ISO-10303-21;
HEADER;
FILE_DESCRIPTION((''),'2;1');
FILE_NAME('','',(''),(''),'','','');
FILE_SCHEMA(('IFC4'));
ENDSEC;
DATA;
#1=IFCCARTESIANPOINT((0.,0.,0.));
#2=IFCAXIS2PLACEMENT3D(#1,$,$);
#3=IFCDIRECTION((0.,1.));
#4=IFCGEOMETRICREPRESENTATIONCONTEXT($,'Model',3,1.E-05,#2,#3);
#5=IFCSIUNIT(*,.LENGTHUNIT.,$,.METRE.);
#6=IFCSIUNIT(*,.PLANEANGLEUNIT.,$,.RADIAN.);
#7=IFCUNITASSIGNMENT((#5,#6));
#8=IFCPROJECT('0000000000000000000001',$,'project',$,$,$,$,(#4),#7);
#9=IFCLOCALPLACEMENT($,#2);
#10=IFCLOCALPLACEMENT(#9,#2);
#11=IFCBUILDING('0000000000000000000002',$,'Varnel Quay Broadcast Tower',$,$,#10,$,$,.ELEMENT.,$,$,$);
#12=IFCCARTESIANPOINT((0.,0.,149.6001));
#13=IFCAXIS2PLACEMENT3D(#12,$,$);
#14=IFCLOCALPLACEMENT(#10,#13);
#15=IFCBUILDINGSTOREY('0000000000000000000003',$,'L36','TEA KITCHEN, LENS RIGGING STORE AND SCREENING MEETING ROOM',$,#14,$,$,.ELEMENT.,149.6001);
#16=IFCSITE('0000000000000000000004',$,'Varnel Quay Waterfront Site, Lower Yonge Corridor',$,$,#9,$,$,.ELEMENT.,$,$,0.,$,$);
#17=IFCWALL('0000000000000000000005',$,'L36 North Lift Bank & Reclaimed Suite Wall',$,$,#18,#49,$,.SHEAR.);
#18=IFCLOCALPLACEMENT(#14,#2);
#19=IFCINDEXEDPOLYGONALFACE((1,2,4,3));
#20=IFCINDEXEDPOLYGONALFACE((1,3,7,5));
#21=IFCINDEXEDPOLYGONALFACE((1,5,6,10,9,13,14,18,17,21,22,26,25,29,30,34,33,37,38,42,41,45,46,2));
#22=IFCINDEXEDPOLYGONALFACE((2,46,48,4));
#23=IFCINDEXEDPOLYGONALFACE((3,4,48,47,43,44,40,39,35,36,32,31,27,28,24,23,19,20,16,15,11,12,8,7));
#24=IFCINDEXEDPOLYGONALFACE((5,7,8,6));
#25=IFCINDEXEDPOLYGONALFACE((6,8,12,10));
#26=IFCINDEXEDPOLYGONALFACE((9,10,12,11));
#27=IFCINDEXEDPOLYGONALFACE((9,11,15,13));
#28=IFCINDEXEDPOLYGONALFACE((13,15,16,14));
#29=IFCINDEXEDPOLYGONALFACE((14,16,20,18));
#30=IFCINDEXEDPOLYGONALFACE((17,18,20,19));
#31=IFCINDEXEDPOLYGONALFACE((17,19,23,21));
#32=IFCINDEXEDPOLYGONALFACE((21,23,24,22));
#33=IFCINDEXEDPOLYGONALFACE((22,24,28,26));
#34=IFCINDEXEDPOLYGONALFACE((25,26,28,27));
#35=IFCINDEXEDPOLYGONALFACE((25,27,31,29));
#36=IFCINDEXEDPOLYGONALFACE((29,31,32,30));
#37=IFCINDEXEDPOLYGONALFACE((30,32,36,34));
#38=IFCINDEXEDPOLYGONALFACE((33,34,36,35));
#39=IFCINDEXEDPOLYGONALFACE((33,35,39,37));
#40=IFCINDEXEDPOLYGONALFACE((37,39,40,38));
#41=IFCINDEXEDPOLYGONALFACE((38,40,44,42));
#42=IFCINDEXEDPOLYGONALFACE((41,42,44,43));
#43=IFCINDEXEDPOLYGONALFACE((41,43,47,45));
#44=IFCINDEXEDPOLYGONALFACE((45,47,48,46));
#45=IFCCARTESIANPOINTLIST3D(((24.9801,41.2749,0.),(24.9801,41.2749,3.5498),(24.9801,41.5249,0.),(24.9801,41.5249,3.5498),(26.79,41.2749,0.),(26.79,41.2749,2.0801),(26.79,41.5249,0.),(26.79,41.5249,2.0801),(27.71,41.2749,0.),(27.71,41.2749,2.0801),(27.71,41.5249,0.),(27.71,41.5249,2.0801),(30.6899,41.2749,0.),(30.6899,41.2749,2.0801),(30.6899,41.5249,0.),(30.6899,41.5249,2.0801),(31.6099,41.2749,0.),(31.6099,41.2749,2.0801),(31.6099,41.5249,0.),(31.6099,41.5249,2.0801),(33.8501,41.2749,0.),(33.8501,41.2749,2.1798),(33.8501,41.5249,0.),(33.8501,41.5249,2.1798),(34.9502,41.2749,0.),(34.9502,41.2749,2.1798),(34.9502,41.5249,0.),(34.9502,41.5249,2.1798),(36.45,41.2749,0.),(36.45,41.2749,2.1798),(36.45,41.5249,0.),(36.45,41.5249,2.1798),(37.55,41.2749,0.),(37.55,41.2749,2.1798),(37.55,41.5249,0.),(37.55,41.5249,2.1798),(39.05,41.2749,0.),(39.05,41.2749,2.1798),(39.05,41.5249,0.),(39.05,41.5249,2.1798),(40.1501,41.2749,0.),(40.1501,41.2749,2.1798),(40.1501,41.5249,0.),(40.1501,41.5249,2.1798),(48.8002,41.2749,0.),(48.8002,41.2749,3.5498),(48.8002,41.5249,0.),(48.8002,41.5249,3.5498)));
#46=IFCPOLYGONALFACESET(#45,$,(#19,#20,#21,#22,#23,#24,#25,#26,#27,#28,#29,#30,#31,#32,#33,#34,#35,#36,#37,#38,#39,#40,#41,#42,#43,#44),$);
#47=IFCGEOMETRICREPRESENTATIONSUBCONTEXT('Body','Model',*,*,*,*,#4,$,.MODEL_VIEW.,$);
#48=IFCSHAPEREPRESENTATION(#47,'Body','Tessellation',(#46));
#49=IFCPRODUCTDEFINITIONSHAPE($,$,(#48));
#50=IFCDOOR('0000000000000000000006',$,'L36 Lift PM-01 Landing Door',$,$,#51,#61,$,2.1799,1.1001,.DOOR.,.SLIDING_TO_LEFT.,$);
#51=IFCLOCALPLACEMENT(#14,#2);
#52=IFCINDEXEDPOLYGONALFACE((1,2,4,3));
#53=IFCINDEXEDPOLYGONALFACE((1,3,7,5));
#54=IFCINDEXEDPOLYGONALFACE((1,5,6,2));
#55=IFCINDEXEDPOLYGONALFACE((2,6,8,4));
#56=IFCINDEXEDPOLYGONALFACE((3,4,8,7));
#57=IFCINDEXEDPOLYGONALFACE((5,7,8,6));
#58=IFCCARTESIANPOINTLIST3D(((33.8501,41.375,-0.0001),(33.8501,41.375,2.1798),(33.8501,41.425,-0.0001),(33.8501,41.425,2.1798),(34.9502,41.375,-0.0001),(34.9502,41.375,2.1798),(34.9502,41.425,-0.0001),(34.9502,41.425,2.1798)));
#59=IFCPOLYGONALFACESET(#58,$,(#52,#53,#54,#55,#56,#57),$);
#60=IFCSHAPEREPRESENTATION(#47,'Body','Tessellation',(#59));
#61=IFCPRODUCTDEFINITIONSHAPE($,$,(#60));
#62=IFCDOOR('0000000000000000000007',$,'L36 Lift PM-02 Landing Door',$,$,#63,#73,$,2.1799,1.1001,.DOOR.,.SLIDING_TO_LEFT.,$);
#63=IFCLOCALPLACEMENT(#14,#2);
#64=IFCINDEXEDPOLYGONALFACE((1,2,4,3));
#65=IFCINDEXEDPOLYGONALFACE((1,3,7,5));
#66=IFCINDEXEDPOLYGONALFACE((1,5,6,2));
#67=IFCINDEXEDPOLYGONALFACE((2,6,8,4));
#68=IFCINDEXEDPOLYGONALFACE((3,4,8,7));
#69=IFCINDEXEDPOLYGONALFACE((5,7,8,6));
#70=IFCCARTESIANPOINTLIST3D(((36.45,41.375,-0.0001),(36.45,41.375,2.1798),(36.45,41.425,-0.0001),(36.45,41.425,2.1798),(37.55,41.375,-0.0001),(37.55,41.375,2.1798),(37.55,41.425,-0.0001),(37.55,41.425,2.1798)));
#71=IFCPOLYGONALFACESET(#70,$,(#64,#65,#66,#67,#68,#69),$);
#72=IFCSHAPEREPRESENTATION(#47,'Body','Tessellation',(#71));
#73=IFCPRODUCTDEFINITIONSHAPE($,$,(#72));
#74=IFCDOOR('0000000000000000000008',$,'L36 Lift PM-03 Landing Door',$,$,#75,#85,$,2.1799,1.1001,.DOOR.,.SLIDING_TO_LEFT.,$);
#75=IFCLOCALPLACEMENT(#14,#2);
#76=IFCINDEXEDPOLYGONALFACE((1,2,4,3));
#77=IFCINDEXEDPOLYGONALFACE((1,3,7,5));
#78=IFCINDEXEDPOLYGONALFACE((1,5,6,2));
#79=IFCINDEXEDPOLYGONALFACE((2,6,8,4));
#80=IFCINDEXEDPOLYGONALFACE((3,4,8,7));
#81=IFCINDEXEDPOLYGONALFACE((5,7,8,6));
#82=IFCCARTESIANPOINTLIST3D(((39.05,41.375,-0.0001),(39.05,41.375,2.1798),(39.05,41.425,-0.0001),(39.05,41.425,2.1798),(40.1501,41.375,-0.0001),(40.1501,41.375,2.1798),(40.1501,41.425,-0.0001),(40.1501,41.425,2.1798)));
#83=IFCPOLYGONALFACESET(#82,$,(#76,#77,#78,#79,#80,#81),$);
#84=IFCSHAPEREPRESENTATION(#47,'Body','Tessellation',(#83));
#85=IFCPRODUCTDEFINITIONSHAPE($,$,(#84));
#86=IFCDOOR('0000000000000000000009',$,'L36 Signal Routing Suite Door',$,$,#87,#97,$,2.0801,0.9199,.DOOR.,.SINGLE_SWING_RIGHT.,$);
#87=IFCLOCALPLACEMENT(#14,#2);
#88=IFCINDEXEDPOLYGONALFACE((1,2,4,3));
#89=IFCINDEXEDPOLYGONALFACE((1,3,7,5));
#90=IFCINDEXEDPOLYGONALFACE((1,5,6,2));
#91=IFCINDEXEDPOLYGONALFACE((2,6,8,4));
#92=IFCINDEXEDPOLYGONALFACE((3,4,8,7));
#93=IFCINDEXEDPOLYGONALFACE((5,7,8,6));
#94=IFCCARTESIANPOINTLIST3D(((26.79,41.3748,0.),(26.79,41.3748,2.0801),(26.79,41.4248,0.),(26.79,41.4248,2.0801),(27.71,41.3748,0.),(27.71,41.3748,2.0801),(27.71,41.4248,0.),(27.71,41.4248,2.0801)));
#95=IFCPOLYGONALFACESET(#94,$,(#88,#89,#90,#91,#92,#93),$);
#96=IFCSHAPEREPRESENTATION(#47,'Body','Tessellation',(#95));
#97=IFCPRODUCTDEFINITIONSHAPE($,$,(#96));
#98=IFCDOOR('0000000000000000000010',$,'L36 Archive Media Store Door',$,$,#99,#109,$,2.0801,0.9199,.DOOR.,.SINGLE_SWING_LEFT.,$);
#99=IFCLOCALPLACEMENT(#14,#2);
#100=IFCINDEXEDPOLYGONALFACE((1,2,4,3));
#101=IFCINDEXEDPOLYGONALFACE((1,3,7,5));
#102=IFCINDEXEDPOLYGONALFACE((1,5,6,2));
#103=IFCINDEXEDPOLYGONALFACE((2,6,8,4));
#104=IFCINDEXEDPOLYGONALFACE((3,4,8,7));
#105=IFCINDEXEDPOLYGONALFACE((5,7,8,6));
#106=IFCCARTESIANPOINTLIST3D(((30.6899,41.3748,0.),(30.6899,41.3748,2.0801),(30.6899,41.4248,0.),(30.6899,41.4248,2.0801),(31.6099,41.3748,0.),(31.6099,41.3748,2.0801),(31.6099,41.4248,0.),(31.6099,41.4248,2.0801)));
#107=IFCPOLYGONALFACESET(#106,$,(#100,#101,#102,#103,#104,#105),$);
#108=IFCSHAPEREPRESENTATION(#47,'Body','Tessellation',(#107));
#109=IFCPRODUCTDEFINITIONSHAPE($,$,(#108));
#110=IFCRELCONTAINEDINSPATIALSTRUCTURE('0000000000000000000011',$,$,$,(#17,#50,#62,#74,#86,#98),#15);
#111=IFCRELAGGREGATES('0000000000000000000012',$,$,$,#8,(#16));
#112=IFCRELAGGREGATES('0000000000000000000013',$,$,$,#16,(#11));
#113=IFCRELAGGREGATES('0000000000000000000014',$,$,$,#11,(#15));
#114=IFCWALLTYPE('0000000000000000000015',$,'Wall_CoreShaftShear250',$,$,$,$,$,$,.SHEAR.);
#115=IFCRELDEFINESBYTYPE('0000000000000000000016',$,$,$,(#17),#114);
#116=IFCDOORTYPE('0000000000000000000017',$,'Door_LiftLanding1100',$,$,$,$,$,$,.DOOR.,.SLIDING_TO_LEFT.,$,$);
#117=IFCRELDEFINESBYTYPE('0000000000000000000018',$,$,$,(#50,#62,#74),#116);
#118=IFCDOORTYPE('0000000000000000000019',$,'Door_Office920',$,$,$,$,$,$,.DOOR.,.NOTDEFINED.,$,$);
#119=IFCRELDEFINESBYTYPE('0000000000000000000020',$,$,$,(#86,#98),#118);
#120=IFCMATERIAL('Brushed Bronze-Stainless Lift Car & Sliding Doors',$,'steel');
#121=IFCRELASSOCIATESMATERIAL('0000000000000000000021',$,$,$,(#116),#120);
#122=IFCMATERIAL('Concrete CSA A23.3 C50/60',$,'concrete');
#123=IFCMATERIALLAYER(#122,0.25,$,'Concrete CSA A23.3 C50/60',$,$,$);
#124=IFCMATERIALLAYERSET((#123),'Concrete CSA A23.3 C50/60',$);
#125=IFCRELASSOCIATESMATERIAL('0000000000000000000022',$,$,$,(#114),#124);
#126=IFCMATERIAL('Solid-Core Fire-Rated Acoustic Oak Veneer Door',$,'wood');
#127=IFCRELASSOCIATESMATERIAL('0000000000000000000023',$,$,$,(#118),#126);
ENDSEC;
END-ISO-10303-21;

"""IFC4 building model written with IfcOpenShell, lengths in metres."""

from ifc_helpers import new_model, si_unit, direction, frame, frame_2d, origin, place, context, subcontext, project, spatial, rectangle, extrude, source, transform, mapped, material, layer, layer_set, type_object, type_shapes, element, fill, save


model = new_model("IFC4")

# Units and contexts
model_context = context("Model", 3, precision=1e-05, world=origin(), true_north=direction((0.0, 1.0)))
body_context = subcontext(model_context, "Body", "Model", "MODEL_VIEW")
ifc_project = project(units=[si_unit("LENGTHUNIT", "METRE"), si_unit("PLANEANGLEUNIT", "RADIAN")], contexts=[model_context])

# Site, building, storey
site_placement = place(None, origin())
site = spatial("IfcSite", under=ifc_project, at=site_placement, Name="Varnel Quay Waterfront Site, Lower Yonge Corridor", CompositionType="ELEMENT", RefElevation=0.0)
building_placement = place(site_placement, origin())
building = spatial("IfcBuilding", under=site, at=building_placement, Name="Varnel Quay Broadcast Tower", CompositionType="ELEMENT")
storey_placement = place(building_placement, frame((0.0, 0.0, 149.6001)))
storey = spatial("IfcBuildingStorey", under=building, at=storey_placement, Name="L36", Description="TEA KITCHEN, LENS RIGGING STORE AND SCREENING MEETING ROOM", CompositionType="ELEMENT", Elevation=149.6001)

# Shared definitions
ifc_material_1 = material(Name="Concrete CSA A23.3 C50/60", Category="concrete")
ifc_material_2 = material(Name="Brushed Bronze-Stainless Lift Car & Sliding Doors", Category="steel")
door_type_1 = type_object("IfcDoorType", Name="Door_LiftLanding1100", OperationType="SLIDING_TO_LEFT", PredefinedType="DOOR", material=ifc_material_2)
shared_shape_1 = source(origin(), body_context, "Body", "SweptSolid", [
    extrude(rectangle(XDim=1.1001, YDim=2.1799, at=frame_2d((0.55, 1.0898))), frame((0.0, 0.0249, 0.0), z_axis=(0.0, -1.0, 0.0), x_axis=(1.0, 0.0, 0.0)), (0.0, 0.0, 1.0), 0.05),
])
type_shapes(door_type_1, [shared_shape_1])

# Shared definitions
ifc_layer_1 = layer(ifc_material_1, 0.25, Name="Concrete CSA A23.3 C50/60")
ifc_layer_set_1 = layer_set([ifc_layer_1], Name="Concrete CSA A23.3 C50/60")
wall_type_1 = type_object("IfcWallType", Name="Wall_CoreShaftShear250", PredefinedType="SHEAR", material=ifc_layer_set_1)

# Wall, openings, doors
wall_1_placement = place(storey_placement, frame((24.98, 41.3999, 0.0), z_axis=(0.0, 0.0, 1.0), x_axis=(1.0, 0.0, 0.0)))
wall_1 = element("IfcWall", 1, at=wall_1_placement, inside=storey, type_object=wall_type_1, Name="L36 North Lift Bank & Reclaimed Suite Wall", PredefinedType="SHEAR", context=body_context, shape_type="SweptSolid", body=[
    extrude(rectangle(XDim=23.8201, YDim=0.25, at=frame_2d((11.9102, 0.0))), origin(), (0.0, 0.0, 1.0), 3.5498),
])
opening_1_placement = place(wall_1_placement, frame((8.8701, 0.0, 0.0)))
opening_1 = element("IfcOpeningElement", 2, at=opening_1_placement, cuts=wall_1, PredefinedType="OPENING", context=body_context, shape_type="SweptSolid", body=[
    extrude(rectangle(XDim=1.1001, YDim=2.1799, at=frame_2d((0.55, 1.0898))), frame((0.0, 0.135, 0.0), z_axis=(0.0, -1.0, 0.0), x_axis=(1.0, 0.0, 0.0)), (0.0, 0.0, 1.0), 0.27),
])
opening_2_placement = place(wall_1_placement, frame((11.47, 0.0, 0.0)))
opening_2 = element("IfcOpeningElement", 3, at=opening_2_placement, cuts=wall_1, PredefinedType="OPENING", context=body_context, shape_type="SweptSolid", body=[
    extrude(rectangle(XDim=1.1001, YDim=2.1799, at=frame_2d((0.55, 1.0898))), frame((0.0, 0.135, 0.0), z_axis=(0.0, -1.0, 0.0), x_axis=(1.0, 0.0, 0.0)), (0.0, 0.0, 1.0), 0.27),
])
opening_3_placement = place(wall_1_placement, frame((14.0701, 0.0, 0.0)))
opening_3 = element("IfcOpeningElement", 4, at=opening_3_placement, cuts=wall_1, PredefinedType="OPENING", context=body_context, shape_type="SweptSolid", body=[
    extrude(rectangle(XDim=1.1001, YDim=2.1799, at=frame_2d((0.55, 1.0898))), frame((0.0, 0.135, 0.0), z_axis=(0.0, -1.0, 0.0), x_axis=(1.0, 0.0, 0.0)), (0.0, 0.0, 1.0), 0.27),
])
opening_4_placement = place(wall_1_placement, frame((1.8101, 0.0, 0.0)))
opening_4 = element("IfcOpeningElement", 5, at=opening_4_placement, cuts=wall_1, PredefinedType="OPENING", context=body_context, shape_type="SweptSolid", body=[
    extrude(rectangle(XDim=0.9199, YDim=2.0801, at=frame_2d((0.46, 1.04))), frame((0.0, 0.135, 0.0), z_axis=(0.0, -1.0, 0.0), x_axis=(1.0, 0.0, 0.0)), (0.0, 0.0, 1.0), 0.27),
])
opening_5_placement = place(wall_1_placement, frame((5.71, 0.0, 0.0)))
opening_5 = element("IfcOpeningElement", 6, at=opening_5_placement, cuts=wall_1, PredefinedType="OPENING", context=body_context, shape_type="SweptSolid", body=[
    extrude(rectangle(XDim=0.9199, YDim=2.0801, at=frame_2d((0.46, 1.04))), frame((0.0, 0.135, 0.0), z_axis=(0.0, -1.0, 0.0), x_axis=(1.0, 0.0, 0.0)), (0.0, 0.0, 1.0), 0.27),
])
door_1_placement = place(opening_1_placement, frame((1.1001, 0.0, 0.0), z_axis=(0.0, 0.0, 1.0), x_axis=(-1.0, 0.0, 0.0)))
door_1 = element("IfcDoor", 7, at=door_1_placement, inside=storey, type_object=door_type_1, Name="L36 Lift PM-01 Landing Door", OperationType="SLIDING_TO_LEFT", OverallHeight=2.1799, OverallWidth=1.1001, PredefinedType="DOOR", context=body_context, shape_type="MappedRepresentation", body=[
    mapped(shared_shape_1, transform((0.0, 0.0, 0.0), x_axis=(1.0, 0.0, 0.0), y_axis=(0.0, 1.0, 0.0), z_axis=(0.0, 0.0, 1.0), scale=1.0)),
])
fill(opening_1, door_1)
door_2_placement = place(opening_2_placement, frame((1.1001, 0.0, 0.0), z_axis=(0.0, 0.0, 1.0), x_axis=(-1.0, 0.0, 0.0)))
door_2 = element("IfcDoor", 8, at=door_2_placement, inside=storey, type_object=door_type_1, Name="L36 Lift PM-02 Landing Door", OperationType="SLIDING_TO_LEFT", OverallHeight=2.1799, OverallWidth=1.1001, PredefinedType="DOOR", context=body_context, shape_type="MappedRepresentation", body=[
    mapped(shared_shape_1, transform((0.0, 0.0, 0.0), x_axis=(1.0, 0.0, 0.0), y_axis=(0.0, 1.0, 0.0), z_axis=(0.0, 0.0, 1.0), scale=1.0)),
])
fill(opening_2, door_2)
door_3_placement = place(opening_3_placement, frame((1.1001, 0.0, 0.0), z_axis=(0.0, 0.0, 1.0), x_axis=(-1.0, 0.0, 0.0)))
door_3 = element("IfcDoor", 9, at=door_3_placement, inside=storey, type_object=door_type_1, Name="L36 Lift PM-03 Landing Door", OperationType="SLIDING_TO_LEFT", OverallHeight=2.1799, OverallWidth=1.1001, PredefinedType="DOOR", context=body_context, shape_type="MappedRepresentation", body=[
    mapped(shared_shape_1, transform((0.0, 0.0, 0.0), x_axis=(1.0, 0.0, 0.0), y_axis=(0.0, 1.0, 0.0), z_axis=(0.0, 0.0, 1.0), scale=1.0)),
])
fill(opening_3, door_3)
ifc_material_3 = material(Name="Solid-Core Fire-Rated Acoustic Oak Veneer Door", Category="wood")
door_type_2 = type_object("IfcDoorType", Name="Door_Office920", OperationType="NOTDEFINED", PredefinedType="DOOR", material=ifc_material_3)
shared_shape_2 = source(origin(), body_context, "Body", "SweptSolid", [
    extrude(rectangle(XDim=0.9199, YDim=2.0801, at=frame_2d((0.46, 1.04))), frame((0.0, 0.0249, 0.0), z_axis=(0.0, -1.0, 0.0), x_axis=(1.0, 0.0, 0.0)), (0.0, 0.0, 1.0), 0.05),
])
type_shapes(door_type_2, [shared_shape_2])
door_4_placement = place(opening_4_placement, origin())
door_4 = element("IfcDoor", 10, at=door_4_placement, inside=storey, type_object=door_type_2, Name="L36 Signal Routing Suite Door", OperationType="SINGLE_SWING_RIGHT", OverallHeight=2.0801, OverallWidth=0.9199, PredefinedType="DOOR", context=body_context, shape_type="MappedRepresentation", body=[
    mapped(shared_shape_2, transform((0.0, 0.0, 0.0), x_axis=(1.0, 0.0, 0.0), y_axis=(0.0, 1.0, 0.0), z_axis=(0.0, 0.0, 1.0), scale=1.0)),
])
fill(opening_4, door_4)
door_5_placement = place(opening_5_placement, origin())
door_5 = element("IfcDoor", 11, at=door_5_placement, inside=storey, type_object=door_type_2, Name="L36 Archive Media Store Door", OperationType="SINGLE_SWING_LEFT", OverallHeight=2.0801, OverallWidth=0.9199, PredefinedType="DOOR", context=body_context, shape_type="MappedRepresentation", body=[
    mapped(shared_shape_2, transform((0.0, 0.0, 0.0), x_axis=(1.0, 0.0, 0.0), y_axis=(0.0, 1.0, 0.0), z_axis=(0.0, 0.0, 1.0), scale=1.0)),
])
fill(opening_5, door_5)

save(model, "model.ifc")
